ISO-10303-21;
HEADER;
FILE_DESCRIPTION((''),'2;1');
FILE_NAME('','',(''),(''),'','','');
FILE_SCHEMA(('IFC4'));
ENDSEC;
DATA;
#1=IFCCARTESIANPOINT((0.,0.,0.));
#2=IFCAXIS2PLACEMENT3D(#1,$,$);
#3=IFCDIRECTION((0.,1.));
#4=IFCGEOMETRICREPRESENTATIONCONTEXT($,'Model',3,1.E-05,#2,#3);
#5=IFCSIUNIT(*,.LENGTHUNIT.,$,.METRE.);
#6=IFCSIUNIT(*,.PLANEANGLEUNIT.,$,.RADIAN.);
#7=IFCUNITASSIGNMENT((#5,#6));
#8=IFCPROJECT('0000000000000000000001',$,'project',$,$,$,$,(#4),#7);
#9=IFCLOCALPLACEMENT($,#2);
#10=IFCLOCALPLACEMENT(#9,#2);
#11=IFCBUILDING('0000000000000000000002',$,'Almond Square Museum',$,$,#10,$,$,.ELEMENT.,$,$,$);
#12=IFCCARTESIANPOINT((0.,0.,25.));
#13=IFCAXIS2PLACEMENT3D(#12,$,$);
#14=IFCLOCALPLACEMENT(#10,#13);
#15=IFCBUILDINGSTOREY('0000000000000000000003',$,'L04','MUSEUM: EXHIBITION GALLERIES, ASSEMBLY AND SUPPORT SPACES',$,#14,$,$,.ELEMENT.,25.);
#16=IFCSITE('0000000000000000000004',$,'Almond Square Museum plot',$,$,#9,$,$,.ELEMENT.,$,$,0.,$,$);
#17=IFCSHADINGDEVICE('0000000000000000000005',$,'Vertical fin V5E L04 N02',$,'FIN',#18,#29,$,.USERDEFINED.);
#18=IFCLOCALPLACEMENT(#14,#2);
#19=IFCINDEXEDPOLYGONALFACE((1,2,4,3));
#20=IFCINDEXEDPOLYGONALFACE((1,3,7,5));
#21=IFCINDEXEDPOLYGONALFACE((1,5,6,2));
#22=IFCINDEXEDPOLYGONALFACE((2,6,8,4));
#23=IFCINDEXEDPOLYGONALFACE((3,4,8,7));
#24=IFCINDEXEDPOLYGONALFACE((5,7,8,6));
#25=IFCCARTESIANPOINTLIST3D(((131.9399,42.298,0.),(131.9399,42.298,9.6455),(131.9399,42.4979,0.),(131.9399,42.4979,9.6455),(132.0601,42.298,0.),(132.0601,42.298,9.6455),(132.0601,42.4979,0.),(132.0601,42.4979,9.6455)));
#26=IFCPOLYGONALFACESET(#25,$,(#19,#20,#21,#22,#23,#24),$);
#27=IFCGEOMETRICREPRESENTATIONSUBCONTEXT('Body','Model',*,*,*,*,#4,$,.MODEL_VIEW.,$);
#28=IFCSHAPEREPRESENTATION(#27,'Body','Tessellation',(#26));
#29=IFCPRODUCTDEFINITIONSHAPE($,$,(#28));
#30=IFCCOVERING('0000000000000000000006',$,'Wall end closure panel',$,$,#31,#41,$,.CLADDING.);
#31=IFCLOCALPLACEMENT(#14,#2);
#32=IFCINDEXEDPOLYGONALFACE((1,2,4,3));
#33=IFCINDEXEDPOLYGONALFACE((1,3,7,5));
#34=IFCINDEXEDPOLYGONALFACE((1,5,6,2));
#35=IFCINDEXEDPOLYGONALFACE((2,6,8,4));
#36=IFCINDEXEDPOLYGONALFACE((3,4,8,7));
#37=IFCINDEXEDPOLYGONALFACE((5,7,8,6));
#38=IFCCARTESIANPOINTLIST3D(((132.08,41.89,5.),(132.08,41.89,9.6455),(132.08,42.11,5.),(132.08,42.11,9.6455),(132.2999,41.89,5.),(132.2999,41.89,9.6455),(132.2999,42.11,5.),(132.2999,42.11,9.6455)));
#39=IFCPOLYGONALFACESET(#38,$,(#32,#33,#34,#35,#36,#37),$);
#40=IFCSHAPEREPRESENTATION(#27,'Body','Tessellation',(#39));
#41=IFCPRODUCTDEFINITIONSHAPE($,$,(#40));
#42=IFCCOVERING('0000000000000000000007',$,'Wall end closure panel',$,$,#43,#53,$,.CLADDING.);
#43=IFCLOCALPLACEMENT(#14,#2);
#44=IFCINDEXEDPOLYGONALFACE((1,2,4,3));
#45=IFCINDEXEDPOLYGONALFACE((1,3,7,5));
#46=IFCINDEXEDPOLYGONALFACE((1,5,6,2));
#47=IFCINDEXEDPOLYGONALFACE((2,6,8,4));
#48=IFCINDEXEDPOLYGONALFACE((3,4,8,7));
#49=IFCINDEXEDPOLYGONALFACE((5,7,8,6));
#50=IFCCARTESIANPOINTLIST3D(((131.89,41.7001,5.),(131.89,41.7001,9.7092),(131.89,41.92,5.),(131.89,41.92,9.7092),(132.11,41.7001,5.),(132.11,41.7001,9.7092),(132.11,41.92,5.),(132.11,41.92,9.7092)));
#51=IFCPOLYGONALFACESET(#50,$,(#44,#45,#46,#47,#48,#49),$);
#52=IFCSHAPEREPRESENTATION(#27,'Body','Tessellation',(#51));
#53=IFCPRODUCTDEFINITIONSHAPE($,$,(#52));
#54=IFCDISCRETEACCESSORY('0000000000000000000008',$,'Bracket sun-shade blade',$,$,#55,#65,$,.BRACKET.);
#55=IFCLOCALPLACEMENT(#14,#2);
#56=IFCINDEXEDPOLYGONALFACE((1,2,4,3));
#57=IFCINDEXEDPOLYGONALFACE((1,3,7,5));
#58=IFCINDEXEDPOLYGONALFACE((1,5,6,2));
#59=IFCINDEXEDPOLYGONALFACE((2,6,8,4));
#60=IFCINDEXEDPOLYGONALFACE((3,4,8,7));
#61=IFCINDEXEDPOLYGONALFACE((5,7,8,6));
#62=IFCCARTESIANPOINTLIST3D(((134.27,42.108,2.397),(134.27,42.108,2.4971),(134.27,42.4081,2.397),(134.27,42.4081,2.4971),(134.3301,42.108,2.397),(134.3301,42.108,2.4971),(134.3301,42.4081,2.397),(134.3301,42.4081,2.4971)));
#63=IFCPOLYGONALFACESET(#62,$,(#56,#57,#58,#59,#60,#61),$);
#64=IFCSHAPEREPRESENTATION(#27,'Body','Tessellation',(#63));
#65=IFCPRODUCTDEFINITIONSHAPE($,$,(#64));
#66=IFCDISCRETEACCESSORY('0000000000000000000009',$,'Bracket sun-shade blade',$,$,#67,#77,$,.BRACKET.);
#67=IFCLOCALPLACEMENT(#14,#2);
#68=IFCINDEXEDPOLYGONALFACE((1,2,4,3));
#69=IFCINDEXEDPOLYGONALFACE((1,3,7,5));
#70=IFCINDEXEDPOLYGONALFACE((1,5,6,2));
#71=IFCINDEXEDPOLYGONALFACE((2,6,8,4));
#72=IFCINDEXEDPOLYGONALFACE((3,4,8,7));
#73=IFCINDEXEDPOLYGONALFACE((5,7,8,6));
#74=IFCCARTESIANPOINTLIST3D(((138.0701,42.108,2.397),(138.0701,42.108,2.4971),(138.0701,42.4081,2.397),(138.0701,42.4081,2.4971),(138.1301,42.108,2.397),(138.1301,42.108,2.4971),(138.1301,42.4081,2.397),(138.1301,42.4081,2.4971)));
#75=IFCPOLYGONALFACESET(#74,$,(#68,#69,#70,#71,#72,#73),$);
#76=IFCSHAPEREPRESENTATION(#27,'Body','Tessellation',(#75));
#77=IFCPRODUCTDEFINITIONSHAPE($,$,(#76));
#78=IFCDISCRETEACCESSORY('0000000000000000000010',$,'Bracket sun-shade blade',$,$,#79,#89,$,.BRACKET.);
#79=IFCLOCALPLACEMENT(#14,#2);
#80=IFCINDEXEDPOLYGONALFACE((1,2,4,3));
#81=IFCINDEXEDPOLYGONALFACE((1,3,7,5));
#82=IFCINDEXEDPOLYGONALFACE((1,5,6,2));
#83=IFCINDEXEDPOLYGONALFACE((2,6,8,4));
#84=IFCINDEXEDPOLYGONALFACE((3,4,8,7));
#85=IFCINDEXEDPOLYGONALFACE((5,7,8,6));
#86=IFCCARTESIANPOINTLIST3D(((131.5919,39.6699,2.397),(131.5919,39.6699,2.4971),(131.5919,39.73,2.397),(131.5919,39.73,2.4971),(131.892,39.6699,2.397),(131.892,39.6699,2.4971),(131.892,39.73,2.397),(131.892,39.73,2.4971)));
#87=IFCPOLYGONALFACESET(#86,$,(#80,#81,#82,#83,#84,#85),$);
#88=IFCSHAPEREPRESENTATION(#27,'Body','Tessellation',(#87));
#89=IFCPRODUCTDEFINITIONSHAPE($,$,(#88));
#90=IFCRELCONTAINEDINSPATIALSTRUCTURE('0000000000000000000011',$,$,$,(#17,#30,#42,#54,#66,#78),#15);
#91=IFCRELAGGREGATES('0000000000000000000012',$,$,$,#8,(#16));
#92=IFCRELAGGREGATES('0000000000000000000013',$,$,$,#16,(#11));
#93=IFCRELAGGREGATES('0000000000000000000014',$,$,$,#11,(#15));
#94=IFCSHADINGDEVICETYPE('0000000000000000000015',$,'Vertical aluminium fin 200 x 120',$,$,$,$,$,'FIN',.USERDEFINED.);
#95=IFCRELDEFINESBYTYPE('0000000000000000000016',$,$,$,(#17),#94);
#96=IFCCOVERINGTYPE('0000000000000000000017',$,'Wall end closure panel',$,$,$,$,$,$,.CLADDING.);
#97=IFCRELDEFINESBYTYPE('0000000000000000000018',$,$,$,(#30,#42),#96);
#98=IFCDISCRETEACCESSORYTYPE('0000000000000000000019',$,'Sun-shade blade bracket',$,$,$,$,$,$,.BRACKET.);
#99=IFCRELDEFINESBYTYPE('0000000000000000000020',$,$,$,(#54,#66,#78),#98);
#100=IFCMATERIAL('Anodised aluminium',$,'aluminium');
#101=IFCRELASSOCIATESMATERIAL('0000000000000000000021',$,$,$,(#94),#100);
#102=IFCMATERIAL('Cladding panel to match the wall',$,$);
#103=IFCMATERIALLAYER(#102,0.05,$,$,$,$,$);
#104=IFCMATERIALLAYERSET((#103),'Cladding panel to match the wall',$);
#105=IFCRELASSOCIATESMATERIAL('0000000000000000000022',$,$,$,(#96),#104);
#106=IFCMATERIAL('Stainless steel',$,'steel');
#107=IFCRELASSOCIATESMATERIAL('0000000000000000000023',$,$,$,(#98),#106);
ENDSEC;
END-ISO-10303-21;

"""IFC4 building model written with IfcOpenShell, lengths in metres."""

from ifc_helpers import new_model, si_unit, direction, frame, origin, origin_2d, place, context, subcontext, project, spatial, rectangle, extrude, material, layer, layer_set, material_profile, profile_set, type_object, element, save


model = new_model("IFC4")

# Units and contexts
model_context = context("Model", 3, precision=1e-05, world=origin(), true_north=direction((0.0, 1.0)))
body_context = subcontext(model_context, "Body", "Model", "MODEL_VIEW")
ifc_project = project(units=[si_unit("LENGTHUNIT", "METRE"), si_unit("PLANEANGLEUNIT", "RADIAN")], contexts=[model_context])

# Site, building, storey
site_placement = place(None, origin())
site = spatial("IfcSite", under=ifc_project, at=site_placement, Name="Almond Square Museum plot", CompositionType="ELEMENT", RefElevation=0.0)
building_placement = place(site_placement, origin())
building = spatial("IfcBuilding", under=site, at=building_placement, Name="Almond Square Museum", CompositionType="ELEMENT")
storey_placement = place(building_placement, frame((0.0, 0.0, 25.0)))
storey = spatial("IfcBuildingStorey", under=building, at=storey_placement, Name="L04", Description="MUSEUM: EXHIBITION GALLERIES, ASSEMBLY AND SUPPORT SPACES", CompositionType="ELEMENT", Elevation=25.0)

# Shading device
ifc_material_1 = material(Name="Anodised aluminium", Category="aluminium")
ifc_material_profile_1 = material_profile(ifc_material_1, rectangle(XDim=0.2, YDim=0.1201, at=origin_2d()))
ifc_profile_set_1 = profile_set([ifc_material_profile_1], Name="Anodised aluminium")
shading_device_type_1 = type_object("IfcShadingDeviceType", Name="Vertical aluminium fin 200 x 120", ElementType="FIN", PredefinedType="USERDEFINED", material=ifc_profile_set_1)
shading_device_1_placement = place(storey_placement, frame((132.0, 42.3979, 0.0), z_axis=(0.0, 0.0, 1.0), x_axis=(0.0, 1.0, 0.0)))
element("IfcShadingDevice", 1, at=shading_device_1_placement, inside=storey, type_object=shading_device_type_1, Name="Vertical fin V5E L04 N02", ObjectType="FIN", PredefinedType="USERDEFINED", context=body_context, shape_type="SweptSolid", body=[
    extrude(rectangle(XDim=0.2, YDim=0.1201, at=origin_2d()), origin(), (0.0, 0.0, 1.0), 9.6455),
])

# Coverings
ifc_material_2 = material(Name="Cladding panel to match the wall")
ifc_layer_1 = layer(ifc_material_2, 0.05)
ifc_layer_set_1 = layer_set([ifc_layer_1], Name="Cladding panel to match the wall")
covering_type_1 = type_object("IfcCoveringType", Name="Wall end closure panel", PredefinedType="CLADDING", material=ifc_layer_set_1)
covering_1_placement = place(storey_placement, frame((132.1899, 42.0, 5.0), z_axis=(0.0, 0.0, 1.0), x_axis=(1.0, 0.0, 0.0)))
element("IfcCovering", 2, at=covering_1_placement, inside=storey, type_object=covering_type_1, Name="Wall end closure panel", PredefinedType="CLADDING", context=body_context, shape_type="SweptSolid", body=[
    extrude(rectangle(XDim=0.22, YDim=0.22, at=origin_2d()), origin(), (0.0, 0.0, 1.0), 4.6455),
])
covering_2_placement = place(storey_placement, frame((132.0, 41.8101, 5.0), z_axis=(0.0, 0.0, 1.0), x_axis=(1.0, 0.0, 0.0)))
element("IfcCovering", 3, at=covering_2_placement, inside=storey, type_object=covering_type_1, Name="Wall end closure panel", PredefinedType="CLADDING", context=body_context, shape_type="SweptSolid", body=[
    extrude(rectangle(XDim=0.22, YDim=0.22, at=origin_2d()), origin(), (0.0, 0.0, 1.0), 4.7092),
])

# Discrete accessories
ifc_material_3 = material(Name="Stainless steel", Category="steel")
discrete_accessory_type = type_object("IfcDiscreteAccessoryType", Name="Sun-shade blade bracket", PredefinedType="BRACKET", material=ifc_material_3)
for number, where, z_axis, x_axis, name in (
    (4, (134.3, 42.2581, 2.397), (0.0, 0.0, 1.0), (1.0, 0.0, 0.0), "Bracket sun-shade blade"),
    (5, (138.1001, 42.2581, 2.397), (0.0, 0.0, 1.0), (1.0, 0.0, 0.0), "Bracket sun-shade blade"),
):
    element("IfcDiscreteAccessory", number, at=place(storey_placement, frame(where, z_axis=z_axis, x_axis=x_axis)), inside=storey, type_object=discrete_accessory_type, Name=name, PredefinedType="BRACKET", context=body_context, shape_type="SweptSolid", body=[
        extrude(rectangle(XDim=0.0601, YDim=0.3, at=origin_2d()), origin(), (0.0, 0.0, 1.0), 0.1001),
    ])
discrete_accessory_placement = place(storey_placement, frame((131.7419, 39.7, 2.397), z_axis=(0.0, 0.0, 1.0), x_axis=(1.0, 0.0, 0.0)))
element("IfcDiscreteAccessory", 6, at=discrete_accessory_placement, inside=storey, type_object=discrete_accessory_type, Name="Bracket sun-shade blade", PredefinedType="BRACKET", context=body_context, shape_type="SweptSolid", body=[
    extrude(rectangle(XDim=0.3, YDim=0.0601, at=origin_2d()), origin(), (0.0, 0.0, 1.0), 0.1001),
])

save(model, "model.ifc")
